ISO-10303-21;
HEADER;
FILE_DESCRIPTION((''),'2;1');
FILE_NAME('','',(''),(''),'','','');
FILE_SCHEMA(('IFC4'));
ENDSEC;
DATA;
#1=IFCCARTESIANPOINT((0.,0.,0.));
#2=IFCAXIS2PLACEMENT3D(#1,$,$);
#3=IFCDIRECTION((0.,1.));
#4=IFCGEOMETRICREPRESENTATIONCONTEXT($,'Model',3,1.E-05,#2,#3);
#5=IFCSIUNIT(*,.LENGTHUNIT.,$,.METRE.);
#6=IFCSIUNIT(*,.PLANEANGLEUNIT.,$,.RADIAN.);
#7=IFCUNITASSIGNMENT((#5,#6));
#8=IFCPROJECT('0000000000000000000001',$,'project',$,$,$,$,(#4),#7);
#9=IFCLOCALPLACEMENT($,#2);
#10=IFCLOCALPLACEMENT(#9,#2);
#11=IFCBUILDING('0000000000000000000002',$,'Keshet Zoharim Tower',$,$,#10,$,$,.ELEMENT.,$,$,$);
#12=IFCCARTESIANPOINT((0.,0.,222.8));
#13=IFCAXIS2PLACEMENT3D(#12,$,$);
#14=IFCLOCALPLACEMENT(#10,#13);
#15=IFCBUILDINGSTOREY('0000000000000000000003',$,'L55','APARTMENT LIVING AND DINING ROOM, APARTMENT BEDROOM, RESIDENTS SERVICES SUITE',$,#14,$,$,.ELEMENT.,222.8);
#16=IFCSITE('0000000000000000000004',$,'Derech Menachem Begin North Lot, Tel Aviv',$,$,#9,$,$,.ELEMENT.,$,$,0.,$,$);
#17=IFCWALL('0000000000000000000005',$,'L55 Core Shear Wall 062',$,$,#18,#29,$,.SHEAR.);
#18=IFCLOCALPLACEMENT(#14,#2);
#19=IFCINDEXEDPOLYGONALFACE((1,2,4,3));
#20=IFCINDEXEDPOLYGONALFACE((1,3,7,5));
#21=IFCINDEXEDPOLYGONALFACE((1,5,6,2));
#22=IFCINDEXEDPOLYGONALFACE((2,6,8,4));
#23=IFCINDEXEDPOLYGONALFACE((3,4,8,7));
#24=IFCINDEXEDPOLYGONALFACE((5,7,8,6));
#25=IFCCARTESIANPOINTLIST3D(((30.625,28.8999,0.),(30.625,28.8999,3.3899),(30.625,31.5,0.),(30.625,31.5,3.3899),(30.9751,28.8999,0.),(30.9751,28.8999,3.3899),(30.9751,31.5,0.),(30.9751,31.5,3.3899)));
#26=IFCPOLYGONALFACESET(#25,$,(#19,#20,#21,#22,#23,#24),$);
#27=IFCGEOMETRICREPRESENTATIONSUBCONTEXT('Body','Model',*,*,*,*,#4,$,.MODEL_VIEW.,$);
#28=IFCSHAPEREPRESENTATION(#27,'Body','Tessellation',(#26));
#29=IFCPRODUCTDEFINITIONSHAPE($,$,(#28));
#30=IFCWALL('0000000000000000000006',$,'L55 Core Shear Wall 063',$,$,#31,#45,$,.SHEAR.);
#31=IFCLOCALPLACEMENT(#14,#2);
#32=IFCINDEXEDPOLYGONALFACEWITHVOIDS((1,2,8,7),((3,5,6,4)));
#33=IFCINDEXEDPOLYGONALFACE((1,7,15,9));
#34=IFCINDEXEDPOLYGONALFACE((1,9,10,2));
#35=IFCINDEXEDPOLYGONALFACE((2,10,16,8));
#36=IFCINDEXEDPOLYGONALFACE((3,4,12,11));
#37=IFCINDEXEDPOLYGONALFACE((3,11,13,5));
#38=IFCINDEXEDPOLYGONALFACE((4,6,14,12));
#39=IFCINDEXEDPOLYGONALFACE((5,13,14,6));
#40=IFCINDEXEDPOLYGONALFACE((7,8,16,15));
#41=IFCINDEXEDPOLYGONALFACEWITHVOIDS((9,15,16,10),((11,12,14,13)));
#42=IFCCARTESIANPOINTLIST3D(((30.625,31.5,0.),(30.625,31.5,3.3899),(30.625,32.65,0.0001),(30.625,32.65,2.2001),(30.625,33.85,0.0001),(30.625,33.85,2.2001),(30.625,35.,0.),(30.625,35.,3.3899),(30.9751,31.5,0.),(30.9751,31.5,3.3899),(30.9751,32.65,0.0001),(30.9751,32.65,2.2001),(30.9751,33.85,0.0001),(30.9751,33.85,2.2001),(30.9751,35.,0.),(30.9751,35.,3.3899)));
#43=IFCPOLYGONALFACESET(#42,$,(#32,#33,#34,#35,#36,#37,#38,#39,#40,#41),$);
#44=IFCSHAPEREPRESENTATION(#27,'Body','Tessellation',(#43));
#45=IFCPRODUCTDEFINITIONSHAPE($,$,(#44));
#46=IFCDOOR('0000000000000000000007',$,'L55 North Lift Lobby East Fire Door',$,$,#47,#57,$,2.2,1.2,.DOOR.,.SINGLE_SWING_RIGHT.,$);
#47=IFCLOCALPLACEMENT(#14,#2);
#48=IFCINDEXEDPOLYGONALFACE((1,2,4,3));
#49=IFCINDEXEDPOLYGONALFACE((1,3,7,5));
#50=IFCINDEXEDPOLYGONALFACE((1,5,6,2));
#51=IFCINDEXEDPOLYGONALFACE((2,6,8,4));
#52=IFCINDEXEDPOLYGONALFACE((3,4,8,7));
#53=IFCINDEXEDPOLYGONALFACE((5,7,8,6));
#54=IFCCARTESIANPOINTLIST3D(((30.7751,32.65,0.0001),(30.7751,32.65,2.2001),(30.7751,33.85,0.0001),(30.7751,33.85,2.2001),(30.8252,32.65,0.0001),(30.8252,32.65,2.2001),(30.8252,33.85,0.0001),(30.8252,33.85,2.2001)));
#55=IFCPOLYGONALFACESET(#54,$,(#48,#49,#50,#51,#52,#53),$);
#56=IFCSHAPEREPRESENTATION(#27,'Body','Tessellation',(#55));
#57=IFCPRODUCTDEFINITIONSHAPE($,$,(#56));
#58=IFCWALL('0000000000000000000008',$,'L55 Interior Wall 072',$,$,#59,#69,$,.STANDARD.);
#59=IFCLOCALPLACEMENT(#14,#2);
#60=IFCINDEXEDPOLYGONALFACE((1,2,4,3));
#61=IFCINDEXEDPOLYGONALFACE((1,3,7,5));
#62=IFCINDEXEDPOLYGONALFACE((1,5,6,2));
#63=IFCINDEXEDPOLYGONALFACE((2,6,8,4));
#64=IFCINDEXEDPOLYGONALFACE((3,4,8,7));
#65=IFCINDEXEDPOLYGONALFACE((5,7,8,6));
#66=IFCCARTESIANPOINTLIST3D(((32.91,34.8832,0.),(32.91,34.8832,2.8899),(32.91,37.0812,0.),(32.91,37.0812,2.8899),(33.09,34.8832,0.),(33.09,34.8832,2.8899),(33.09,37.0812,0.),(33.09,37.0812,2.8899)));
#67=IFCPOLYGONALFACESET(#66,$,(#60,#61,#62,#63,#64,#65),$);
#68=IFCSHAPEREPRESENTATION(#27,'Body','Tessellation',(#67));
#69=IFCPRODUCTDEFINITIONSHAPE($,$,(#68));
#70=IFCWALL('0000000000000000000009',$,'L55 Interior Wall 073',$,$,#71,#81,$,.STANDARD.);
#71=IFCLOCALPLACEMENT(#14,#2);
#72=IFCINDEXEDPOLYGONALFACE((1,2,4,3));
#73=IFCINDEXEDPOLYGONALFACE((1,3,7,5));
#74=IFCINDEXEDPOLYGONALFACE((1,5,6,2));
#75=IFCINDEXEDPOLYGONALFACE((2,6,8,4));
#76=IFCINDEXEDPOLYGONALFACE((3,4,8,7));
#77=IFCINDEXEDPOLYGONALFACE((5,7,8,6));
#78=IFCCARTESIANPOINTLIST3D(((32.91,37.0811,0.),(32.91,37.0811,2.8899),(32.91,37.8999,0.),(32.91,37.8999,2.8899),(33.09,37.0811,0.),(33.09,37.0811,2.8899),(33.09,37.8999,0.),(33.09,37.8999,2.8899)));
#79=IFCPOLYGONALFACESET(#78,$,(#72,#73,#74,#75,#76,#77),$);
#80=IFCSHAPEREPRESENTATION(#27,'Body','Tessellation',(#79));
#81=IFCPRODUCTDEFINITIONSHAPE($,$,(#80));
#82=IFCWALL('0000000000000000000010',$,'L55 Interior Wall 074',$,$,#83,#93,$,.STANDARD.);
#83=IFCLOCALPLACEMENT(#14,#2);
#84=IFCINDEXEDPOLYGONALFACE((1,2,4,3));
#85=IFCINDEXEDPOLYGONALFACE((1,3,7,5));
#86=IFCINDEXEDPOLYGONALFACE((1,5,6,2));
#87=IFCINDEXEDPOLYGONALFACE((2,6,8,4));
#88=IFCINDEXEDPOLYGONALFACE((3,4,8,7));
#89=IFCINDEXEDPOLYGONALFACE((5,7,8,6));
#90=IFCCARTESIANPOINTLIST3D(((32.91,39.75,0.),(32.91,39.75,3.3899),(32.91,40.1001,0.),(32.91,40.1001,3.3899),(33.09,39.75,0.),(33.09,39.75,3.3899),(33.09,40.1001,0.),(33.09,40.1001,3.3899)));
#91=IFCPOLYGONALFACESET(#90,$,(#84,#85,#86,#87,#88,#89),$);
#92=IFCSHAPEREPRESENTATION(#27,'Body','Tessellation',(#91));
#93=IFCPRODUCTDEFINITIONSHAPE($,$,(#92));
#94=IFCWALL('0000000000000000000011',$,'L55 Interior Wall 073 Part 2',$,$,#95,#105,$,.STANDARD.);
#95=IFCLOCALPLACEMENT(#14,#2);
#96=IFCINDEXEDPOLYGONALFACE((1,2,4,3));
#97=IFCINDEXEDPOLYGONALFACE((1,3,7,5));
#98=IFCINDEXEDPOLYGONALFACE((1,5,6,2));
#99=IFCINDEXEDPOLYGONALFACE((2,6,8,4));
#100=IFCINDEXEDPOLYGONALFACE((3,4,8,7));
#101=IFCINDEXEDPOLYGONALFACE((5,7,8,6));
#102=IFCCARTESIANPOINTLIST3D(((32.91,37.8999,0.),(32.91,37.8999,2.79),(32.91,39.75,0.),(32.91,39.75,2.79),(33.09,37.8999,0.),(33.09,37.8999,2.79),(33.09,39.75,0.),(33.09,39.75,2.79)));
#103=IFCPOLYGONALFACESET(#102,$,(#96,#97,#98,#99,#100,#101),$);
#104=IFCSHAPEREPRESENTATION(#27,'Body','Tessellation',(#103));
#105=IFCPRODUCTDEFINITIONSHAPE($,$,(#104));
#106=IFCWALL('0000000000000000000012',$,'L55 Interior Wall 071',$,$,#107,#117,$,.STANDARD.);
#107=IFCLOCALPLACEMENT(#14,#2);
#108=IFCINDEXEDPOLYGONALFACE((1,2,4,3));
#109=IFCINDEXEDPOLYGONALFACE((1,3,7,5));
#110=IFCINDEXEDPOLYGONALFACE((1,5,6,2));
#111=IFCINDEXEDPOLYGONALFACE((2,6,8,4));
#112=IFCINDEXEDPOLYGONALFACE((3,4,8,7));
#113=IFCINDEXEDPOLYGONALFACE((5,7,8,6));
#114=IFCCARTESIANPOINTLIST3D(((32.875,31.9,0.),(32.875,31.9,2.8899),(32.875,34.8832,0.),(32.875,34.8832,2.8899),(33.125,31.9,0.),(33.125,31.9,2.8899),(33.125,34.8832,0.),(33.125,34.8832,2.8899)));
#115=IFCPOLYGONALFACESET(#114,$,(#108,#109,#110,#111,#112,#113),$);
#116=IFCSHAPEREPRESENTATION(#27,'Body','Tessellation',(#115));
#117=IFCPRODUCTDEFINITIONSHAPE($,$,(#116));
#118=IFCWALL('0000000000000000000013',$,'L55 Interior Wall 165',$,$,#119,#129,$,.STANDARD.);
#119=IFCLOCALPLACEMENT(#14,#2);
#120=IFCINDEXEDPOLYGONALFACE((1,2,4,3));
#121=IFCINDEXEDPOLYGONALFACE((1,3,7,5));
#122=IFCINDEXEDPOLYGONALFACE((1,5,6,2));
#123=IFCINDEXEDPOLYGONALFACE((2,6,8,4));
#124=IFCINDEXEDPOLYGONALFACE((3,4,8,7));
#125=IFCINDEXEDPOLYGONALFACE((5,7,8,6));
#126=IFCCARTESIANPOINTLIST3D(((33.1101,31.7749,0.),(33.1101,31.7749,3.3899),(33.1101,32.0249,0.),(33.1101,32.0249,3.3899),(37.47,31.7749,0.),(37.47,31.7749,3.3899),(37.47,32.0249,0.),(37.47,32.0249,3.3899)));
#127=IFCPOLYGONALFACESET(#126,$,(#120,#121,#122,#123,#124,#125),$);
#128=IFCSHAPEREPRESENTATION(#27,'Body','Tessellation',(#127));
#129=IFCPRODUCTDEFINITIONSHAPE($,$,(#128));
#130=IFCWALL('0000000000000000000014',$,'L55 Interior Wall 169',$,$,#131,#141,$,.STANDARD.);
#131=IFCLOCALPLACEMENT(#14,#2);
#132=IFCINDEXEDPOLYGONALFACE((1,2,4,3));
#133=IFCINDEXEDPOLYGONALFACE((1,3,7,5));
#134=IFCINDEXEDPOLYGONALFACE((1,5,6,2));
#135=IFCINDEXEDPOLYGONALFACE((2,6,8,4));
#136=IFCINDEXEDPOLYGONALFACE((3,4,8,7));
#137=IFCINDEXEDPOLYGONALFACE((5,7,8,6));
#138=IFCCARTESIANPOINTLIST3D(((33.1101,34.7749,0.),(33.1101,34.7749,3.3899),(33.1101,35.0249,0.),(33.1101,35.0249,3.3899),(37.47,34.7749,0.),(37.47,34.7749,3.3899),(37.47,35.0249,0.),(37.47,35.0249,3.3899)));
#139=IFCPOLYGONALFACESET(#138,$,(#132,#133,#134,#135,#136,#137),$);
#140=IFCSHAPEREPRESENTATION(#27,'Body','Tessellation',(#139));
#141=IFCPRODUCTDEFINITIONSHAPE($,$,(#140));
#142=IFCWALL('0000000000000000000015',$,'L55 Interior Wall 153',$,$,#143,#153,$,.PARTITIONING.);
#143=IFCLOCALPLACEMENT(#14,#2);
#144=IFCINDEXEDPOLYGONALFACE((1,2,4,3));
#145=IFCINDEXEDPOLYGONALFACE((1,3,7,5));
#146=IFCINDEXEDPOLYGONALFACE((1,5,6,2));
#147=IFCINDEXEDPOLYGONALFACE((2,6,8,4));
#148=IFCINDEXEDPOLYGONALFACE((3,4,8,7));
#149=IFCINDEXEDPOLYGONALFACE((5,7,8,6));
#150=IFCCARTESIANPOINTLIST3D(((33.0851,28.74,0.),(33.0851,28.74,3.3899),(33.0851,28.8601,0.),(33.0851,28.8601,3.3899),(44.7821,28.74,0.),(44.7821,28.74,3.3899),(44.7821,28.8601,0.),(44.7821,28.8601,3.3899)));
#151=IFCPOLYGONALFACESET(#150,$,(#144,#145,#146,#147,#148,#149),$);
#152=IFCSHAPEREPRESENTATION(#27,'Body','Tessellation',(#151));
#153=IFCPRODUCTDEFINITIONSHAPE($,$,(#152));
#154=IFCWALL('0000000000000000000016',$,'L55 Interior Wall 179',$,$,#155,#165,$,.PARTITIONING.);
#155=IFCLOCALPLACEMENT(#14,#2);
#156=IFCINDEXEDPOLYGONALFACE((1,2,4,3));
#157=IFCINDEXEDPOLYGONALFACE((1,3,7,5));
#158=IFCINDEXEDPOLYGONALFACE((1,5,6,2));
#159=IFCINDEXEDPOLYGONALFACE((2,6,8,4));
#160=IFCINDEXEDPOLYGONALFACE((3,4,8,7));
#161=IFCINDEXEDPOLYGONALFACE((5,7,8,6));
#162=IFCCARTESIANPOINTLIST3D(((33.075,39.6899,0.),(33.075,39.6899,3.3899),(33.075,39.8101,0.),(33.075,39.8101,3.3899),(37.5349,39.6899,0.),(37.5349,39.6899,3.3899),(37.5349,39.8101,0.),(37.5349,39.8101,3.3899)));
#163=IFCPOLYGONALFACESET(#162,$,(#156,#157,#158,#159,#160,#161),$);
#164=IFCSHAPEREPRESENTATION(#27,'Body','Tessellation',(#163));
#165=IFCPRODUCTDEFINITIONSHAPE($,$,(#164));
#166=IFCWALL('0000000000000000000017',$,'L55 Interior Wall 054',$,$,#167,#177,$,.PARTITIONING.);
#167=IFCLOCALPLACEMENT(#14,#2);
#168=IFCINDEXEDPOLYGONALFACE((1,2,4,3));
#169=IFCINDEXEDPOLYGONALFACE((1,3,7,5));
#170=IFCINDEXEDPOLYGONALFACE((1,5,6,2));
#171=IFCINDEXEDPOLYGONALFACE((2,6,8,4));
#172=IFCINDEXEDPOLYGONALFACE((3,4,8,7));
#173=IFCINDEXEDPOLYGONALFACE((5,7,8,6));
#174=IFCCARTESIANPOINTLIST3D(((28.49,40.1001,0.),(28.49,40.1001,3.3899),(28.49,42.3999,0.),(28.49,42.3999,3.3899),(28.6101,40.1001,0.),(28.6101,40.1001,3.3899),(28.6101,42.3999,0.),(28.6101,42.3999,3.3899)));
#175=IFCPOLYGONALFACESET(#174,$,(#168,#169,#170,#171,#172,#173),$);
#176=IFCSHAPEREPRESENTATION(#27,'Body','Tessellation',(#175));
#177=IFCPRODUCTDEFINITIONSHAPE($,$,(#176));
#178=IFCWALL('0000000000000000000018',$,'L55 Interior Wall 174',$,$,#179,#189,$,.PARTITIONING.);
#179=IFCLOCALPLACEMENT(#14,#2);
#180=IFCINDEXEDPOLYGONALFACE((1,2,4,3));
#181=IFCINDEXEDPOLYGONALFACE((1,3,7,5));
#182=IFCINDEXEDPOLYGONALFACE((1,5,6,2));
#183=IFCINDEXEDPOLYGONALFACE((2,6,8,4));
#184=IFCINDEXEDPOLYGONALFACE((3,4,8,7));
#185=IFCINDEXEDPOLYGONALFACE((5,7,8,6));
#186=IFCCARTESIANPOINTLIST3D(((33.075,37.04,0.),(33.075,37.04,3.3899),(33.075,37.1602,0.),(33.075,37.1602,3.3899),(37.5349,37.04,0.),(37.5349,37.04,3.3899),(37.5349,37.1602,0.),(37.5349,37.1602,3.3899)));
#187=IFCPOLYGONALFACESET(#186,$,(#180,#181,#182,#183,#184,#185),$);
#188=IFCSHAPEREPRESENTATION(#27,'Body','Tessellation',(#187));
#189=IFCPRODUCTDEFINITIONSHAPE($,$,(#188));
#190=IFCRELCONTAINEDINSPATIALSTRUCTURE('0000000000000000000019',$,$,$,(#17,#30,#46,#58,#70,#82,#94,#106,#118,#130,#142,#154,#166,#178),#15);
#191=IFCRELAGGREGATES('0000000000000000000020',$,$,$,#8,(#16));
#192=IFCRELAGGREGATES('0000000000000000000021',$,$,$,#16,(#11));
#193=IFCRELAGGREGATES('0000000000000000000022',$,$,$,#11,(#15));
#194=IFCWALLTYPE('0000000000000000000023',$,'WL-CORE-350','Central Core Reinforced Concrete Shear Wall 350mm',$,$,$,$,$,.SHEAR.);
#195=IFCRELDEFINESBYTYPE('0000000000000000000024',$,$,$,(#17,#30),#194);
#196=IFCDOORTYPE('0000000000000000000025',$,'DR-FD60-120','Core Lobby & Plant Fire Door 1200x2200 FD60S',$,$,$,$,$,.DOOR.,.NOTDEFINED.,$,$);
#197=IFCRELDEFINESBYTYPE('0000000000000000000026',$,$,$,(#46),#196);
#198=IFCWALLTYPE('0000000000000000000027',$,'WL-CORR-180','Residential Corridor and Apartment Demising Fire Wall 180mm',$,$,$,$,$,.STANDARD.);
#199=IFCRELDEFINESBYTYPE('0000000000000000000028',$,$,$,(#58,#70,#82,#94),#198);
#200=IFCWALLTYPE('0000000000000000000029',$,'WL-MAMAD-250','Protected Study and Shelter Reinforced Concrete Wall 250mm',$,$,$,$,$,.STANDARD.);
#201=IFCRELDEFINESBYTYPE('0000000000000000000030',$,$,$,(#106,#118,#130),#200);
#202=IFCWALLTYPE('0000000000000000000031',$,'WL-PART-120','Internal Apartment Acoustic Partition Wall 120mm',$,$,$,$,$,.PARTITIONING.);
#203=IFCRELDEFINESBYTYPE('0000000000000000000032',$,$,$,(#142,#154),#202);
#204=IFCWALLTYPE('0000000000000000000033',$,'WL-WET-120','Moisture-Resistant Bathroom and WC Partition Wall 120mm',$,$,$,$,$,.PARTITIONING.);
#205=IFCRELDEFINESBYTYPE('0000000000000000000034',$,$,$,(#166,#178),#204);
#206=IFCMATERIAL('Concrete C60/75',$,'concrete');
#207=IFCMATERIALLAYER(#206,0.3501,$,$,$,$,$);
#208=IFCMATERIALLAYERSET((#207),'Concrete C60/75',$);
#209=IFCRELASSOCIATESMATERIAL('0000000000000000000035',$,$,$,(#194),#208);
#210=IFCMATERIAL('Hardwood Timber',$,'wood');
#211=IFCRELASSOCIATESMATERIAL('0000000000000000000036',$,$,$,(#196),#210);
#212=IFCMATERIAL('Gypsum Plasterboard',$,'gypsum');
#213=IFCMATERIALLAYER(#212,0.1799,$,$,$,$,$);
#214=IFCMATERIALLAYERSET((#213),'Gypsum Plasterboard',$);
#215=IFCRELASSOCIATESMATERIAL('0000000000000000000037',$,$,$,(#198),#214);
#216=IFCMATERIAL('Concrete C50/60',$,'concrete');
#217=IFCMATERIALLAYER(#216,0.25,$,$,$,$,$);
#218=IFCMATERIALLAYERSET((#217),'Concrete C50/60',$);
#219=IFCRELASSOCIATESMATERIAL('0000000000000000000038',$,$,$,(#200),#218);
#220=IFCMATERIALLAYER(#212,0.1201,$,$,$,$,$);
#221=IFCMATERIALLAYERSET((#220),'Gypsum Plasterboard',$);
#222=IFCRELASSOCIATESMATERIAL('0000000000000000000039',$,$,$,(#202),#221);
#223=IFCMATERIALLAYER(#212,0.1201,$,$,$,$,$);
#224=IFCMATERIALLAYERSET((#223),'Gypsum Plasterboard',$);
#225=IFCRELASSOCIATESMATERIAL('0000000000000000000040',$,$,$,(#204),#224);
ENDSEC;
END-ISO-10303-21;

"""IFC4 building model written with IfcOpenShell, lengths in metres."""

from ifc_helpers import new_model, si_unit, direction, frame, frame_2d, origin, place, context, subcontext, project, spatial, rectangle, extrude, material, layer, layer_set, type_object, element, fill, save


model = new_model("IFC4")

# Units and contexts
model_context = context("Model", 3, precision=1e-05, world=origin(), true_north=direction((0.0, 1.0)))
body_context = subcontext(model_context, "Body", "Model", "MODEL_VIEW")
ifc_project = project(units=[si_unit("LENGTHUNIT", "METRE"), si_unit("PLANEANGLEUNIT", "RADIAN")], contexts=[model_context])

# Site, building, storey
site_placement = place(None, origin())
site = spatial("IfcSite", under=ifc_project, at=site_placement, Name="Derech Menachem Begin North Lot, Tel Aviv", CompositionType="ELEMENT", RefElevation=0.0)
building_placement = place(site_placement, origin())
building = spatial("IfcBuilding", under=site, at=building_placement, Name="Keshet Zoharim Tower", CompositionType="ELEMENT")
storey_placement = place(building_placement, frame((0.0, 0.0, 222.8)))
storey = spatial("IfcBuildingStorey", under=building, at=storey_placement, Name="L55", Description="APARTMENT LIVING AND DINING ROOM, APARTMENT BEDROOM, RESIDENTS SERVICES SUITE", CompositionType="ELEMENT", Elevation=222.8)

# Shared definitions
ifc_material_1 = material(Name="Concrete C50/60", Category="concrete")

# Shared definitions
ifc_material_2 = material(Name="Gypsum Plasterboard", Category="gypsum")
ifc_material_3 = material(Name="Concrete C60/75", Category="concrete")
ifc_layer_1 = layer(ifc_material_3, 0.3501)
ifc_layer_set_1 = layer_set([ifc_layer_1], Name="Concrete C60/75")
wall_type_1 = type_object("IfcWallType", Name="WL-CORE-350", Description="Central Core Reinforced Concrete Shear Wall 350mm", PredefinedType="SHEAR", material=ifc_layer_set_1)

# Shared definitions
ifc_material_4 = material(Name="Hardwood Timber", Category="wood")
door_type_1 = type_object("IfcDoorType", Name="DR-FD60-120", Description="Core Lobby & Plant Fire Door 1200x2200 FD60S", OperationType="NOTDEFINED", PredefinedType="DOOR", material=ifc_material_4)

# Wall
wall_1_placement = place(storey_placement, frame((30.8, 28.8999, 0.0), z_axis=(0.0, 0.0, 1.0), x_axis=(0.0, 1.0, 0.0)))
element("IfcWall", 1, at=wall_1_placement, inside=storey, type_object=wall_type_1, Name="L55 Core Shear Wall 062", PredefinedType="SHEAR", context=body_context, shape_type="SweptSolid", body=[
    extrude(rectangle(XDim=2.6001, YDim=0.3501, at=frame_2d((1.3, 0.0))), origin(), (0.0, 0.0, 1.0), 3.3899),
])

# Wall, opening, door
wall_2_placement = place(storey_placement, frame((30.8, 31.5, 0.0), z_axis=(0.0, 0.0, 1.0), x_axis=(0.0, 1.0, 0.0)))
wall_2 = element("IfcWall", 2, at=wall_2_placement, inside=storey, type_object=wall_type_1, Name="L55 Core Shear Wall 063", PredefinedType="SHEAR", context=body_context, shape_type="SweptSolid", body=[
    extrude(rectangle(XDim=3.5, YDim=0.3501, at=frame_2d((1.75, 0.0))), origin(), (0.0, 0.0, 1.0), 3.3899),
])
opening_1_placement = place(wall_2_placement, frame((1.1499, 0.0, 0.0)))
opening_1 = element("IfcOpeningElement", 3, at=opening_1_placement, cuts=wall_2, PredefinedType="OPENING", context=body_context, shape_type="SweptSolid", body=[
    extrude(rectangle(XDim=1.2, YDim=2.2, at=frame_2d((0.6001, 1.1001))), frame((0.0, 0.1851, 0.0), z_axis=(0.0, -1.0, 0.0), x_axis=(1.0, 0.0, 0.0)), (0.0, 0.0, 1.0), 0.3701),
])
door_1_placement = place(opening_1_placement, origin())
door_1 = element("IfcDoor", 4, at=door_1_placement, inside=storey, type_object=door_type_1, Name="L55 North Lift Lobby East Fire Door", OperationType="SINGLE_SWING_RIGHT", OverallHeight=2.2, OverallWidth=1.2, PredefinedType="DOOR", context=body_context, shape_type="SweptSolid", body=[
    extrude(rectangle(XDim=1.2, YDim=2.2, at=frame_2d((0.6001, 1.1001))), frame((0.0, 0.0249, 0.0), z_axis=(0.0, -1.0, 0.0), x_axis=(1.0, 0.0, 0.0)), (0.0, 0.0, 1.0), 0.05),
])
fill(opening_1, door_1)
ifc_layer_2 = layer(ifc_material_2, 0.1799)
ifc_layer_set_2 = layer_set([ifc_layer_2], Name="Gypsum Plasterboard")
wall_type_2 = type_object("IfcWallType", Name="WL-CORR-180", Description="Residential Corridor and Apartment Demising Fire Wall 180mm", PredefinedType="STANDARD", material=ifc_layer_set_2)

# Walls
wall_3_placement = place(storey_placement, frame((33.0, 34.8831, 0.0), z_axis=(0.0, 0.0, 1.0), x_axis=(0.0, 1.0, 0.0)))
element("IfcWall", 5, at=wall_3_placement, inside=storey, type_object=wall_type_2, Name="L55 Interior Wall 072", PredefinedType="STANDARD", context=body_context, shape_type="SweptSolid", body=[
    extrude(rectangle(XDim=2.198, YDim=0.1799, at=frame_2d((1.0991, 0.0))), origin(), (0.0, 0.0, 1.0), 2.8899),
])
wall_4_placement = place(storey_placement, frame((33.0, 37.0811, 0.0), z_axis=(0.0, 0.0, 1.0), x_axis=(0.0, 1.0, 0.0)))
element("IfcWall", 6, at=wall_4_placement, inside=storey, type_object=wall_type_2, Name="L55 Interior Wall 073", PredefinedType="STANDARD", context=body_context, shape_type="SweptSolid", body=[
    extrude(rectangle(XDim=0.8188, YDim=0.1799, at=frame_2d((0.4094, 0.0))), origin(), (0.0, 0.0, 1.0), 2.8899),
])
wall_5_placement = place(storey_placement, frame((33.0, 39.75, 0.0), z_axis=(0.0, 0.0, 1.0), x_axis=(0.0, 1.0, 0.0)))
element("IfcWall", 7, at=wall_5_placement, inside=storey, type_object=wall_type_2, Name="L55 Interior Wall 074", PredefinedType="STANDARD", context=body_context, shape_type="SweptSolid", body=[
    extrude(rectangle(XDim=0.3501, YDim=0.1799, at=frame_2d((0.175, 0.0))), origin(), (0.0, 0.0, 1.0), 3.3899),
])
wall_6_placement = place(storey_placement, frame((33.0, 37.8999, 0.0), z_axis=(0.0, 0.0, 1.0), x_axis=(0.0, 1.0, 0.0)))
element("IfcWall", 8, at=wall_6_placement, inside=storey, type_object=wall_type_2, Name="L55 Interior Wall 073 Part 2", PredefinedType="STANDARD", context=body_context, shape_type="SweptSolid", body=[
    extrude(rectangle(XDim=1.8501, YDim=0.1799, at=frame_2d((0.925, 0.0))), origin(), (0.0, 0.0, 1.0), 2.79),
])
ifc_layer_3 = layer(ifc_material_1, 0.25)
ifc_layer_set_3 = layer_set([ifc_layer_3], Name="Concrete C50/60")
wall_type_3 = type_object("IfcWallType", Name="WL-MAMAD-250", Description="Protected Study and Shelter Reinforced Concrete Wall 250mm", PredefinedType="STANDARD", material=ifc_layer_set_3)
wall_7_placement = place(storey_placement, frame((33.0, 31.8999, 0.0), z_axis=(0.0, 0.0, 1.0), x_axis=(0.0, 1.0, 0.0)))
element("IfcWall", 9, at=wall_7_placement, inside=storey, type_object=wall_type_3, Name="L55 Interior Wall 071", PredefinedType="STANDARD", context=body_context, shape_type="SweptSolid", body=[
    extrude(rectangle(XDim=2.9832, YDim=0.25, at=frame_2d((1.4917, 0.0))), origin(), (0.0, 0.0, 1.0), 2.8899),
])
for number, where, z_axis, x_axis, name in (
    (10, (33.1101, 31.8999, 0.0), (0.0, 0.0, 1.0), (1.0, 0.0, 0.0), "L55 Interior Wall 165"),
    (11, (33.1101, 34.8999, 0.0), (0.0, 0.0, 1.0), (1.0, 0.0, 0.0), "L55 Interior Wall 169"),
):
    element("IfcWall", number, at=place(storey_placement, frame(where, z_axis=z_axis, x_axis=x_axis)), inside=storey, type_object=wall_type_3, Name=name, PredefinedType="STANDARD", context=body_context, shape_type="SweptSolid", body=[
        extrude(rectangle(XDim=4.3599, YDim=0.25, at=frame_2d((2.1799, 0.0))), origin(), (0.0, 0.0, 1.0), 3.3899),
    ])
ifc_layer_4 = layer(ifc_material_2, 0.1201)
ifc_layer_set_4 = layer_set([ifc_layer_4], Name="Gypsum Plasterboard")
wall_type_4 = type_object("IfcWallType", Name="WL-PART-120", Description="Internal Apartment Acoustic Partition Wall 120mm", PredefinedType="PARTITIONING", material=ifc_layer_set_4)
wall_8_placement = place(storey_placement, frame((33.085, 28.8, 0.0), z_axis=(0.0, 0.0, 1.0), x_axis=(1.0, 0.0, 0.0)))
element("IfcWall", 12, at=wall_8_placement, inside=storey, type_object=wall_type_4, Name="L55 Interior Wall 153", PredefinedType="PARTITIONING", context=body_context, shape_type="SweptSolid", body=[
    extrude(rectangle(XDim=11.697, YDim=0.1201, at=frame_2d((5.8486, 0.0))), origin(), (0.0, 0.0, 1.0), 3.3899),
])
wall_9_placement = place(storey_placement, frame((33.075, 39.75, 0.0), z_axis=(0.0, 0.0, 1.0), x_axis=(1.0, 0.0, 0.0)))
element("IfcWall", 13, at=wall_9_placement, inside=storey, type_object=wall_type_4, Name="L55 Interior Wall 179", PredefinedType="PARTITIONING", context=body_context, shape_type="SweptSolid", body=[
    extrude(rectangle(XDim=4.46, YDim=0.1201, at=frame_2d((2.23, 0.0))), origin(), (0.0, 0.0, 1.0), 3.3899),
])
ifc_layer_5 = layer(ifc_material_2, 0.1201)
ifc_layer_set_5 = layer_set([ifc_layer_5], Name="Gypsum Plasterboard")
wall_type_5 = type_object("IfcWallType", Name="WL-WET-120", Description="Moisture-Resistant Bathroom and WC Partition Wall 120mm", PredefinedType="PARTITIONING", material=ifc_layer_set_5)
wall_10_placement = place(storey_placement, frame((28.55, 40.1001, 0.0), z_axis=(0.0, 0.0, 1.0), x_axis=(0.0, 1.0, 0.0)))
element("IfcWall", 14, at=wall_10_placement, inside=storey, type_object=wall_type_5, Name="L55 Interior Wall 054", PredefinedType="PARTITIONING", context=body_context, shape_type="SweptSolid", body=[
    extrude(rectangle(XDim=2.2998, YDim=0.1201, at=frame_2d((1.1499, 0.0))), origin(), (0.0, 0.0, 1.0), 3.3899),
])
wall_11_placement = place(storey_placement, frame((33.075, 37.1001, 0.0), z_axis=(0.0, 0.0, 1.0), x_axis=(1.0, 0.0, 0.0)))
element("IfcWall", 15, at=wall_11_placement, inside=storey, type_object=wall_type_5, Name="L55 Interior Wall 174", PredefinedType="PARTITIONING", context=body_context, shape_type="SweptSolid", body=[
    extrude(rectangle(XDim=4.46, YDim=0.1201, at=frame_2d((2.23, 0.0))), origin(), (0.0, 0.0, 1.0), 3.3899),
])

save(model, "model.ifc")
